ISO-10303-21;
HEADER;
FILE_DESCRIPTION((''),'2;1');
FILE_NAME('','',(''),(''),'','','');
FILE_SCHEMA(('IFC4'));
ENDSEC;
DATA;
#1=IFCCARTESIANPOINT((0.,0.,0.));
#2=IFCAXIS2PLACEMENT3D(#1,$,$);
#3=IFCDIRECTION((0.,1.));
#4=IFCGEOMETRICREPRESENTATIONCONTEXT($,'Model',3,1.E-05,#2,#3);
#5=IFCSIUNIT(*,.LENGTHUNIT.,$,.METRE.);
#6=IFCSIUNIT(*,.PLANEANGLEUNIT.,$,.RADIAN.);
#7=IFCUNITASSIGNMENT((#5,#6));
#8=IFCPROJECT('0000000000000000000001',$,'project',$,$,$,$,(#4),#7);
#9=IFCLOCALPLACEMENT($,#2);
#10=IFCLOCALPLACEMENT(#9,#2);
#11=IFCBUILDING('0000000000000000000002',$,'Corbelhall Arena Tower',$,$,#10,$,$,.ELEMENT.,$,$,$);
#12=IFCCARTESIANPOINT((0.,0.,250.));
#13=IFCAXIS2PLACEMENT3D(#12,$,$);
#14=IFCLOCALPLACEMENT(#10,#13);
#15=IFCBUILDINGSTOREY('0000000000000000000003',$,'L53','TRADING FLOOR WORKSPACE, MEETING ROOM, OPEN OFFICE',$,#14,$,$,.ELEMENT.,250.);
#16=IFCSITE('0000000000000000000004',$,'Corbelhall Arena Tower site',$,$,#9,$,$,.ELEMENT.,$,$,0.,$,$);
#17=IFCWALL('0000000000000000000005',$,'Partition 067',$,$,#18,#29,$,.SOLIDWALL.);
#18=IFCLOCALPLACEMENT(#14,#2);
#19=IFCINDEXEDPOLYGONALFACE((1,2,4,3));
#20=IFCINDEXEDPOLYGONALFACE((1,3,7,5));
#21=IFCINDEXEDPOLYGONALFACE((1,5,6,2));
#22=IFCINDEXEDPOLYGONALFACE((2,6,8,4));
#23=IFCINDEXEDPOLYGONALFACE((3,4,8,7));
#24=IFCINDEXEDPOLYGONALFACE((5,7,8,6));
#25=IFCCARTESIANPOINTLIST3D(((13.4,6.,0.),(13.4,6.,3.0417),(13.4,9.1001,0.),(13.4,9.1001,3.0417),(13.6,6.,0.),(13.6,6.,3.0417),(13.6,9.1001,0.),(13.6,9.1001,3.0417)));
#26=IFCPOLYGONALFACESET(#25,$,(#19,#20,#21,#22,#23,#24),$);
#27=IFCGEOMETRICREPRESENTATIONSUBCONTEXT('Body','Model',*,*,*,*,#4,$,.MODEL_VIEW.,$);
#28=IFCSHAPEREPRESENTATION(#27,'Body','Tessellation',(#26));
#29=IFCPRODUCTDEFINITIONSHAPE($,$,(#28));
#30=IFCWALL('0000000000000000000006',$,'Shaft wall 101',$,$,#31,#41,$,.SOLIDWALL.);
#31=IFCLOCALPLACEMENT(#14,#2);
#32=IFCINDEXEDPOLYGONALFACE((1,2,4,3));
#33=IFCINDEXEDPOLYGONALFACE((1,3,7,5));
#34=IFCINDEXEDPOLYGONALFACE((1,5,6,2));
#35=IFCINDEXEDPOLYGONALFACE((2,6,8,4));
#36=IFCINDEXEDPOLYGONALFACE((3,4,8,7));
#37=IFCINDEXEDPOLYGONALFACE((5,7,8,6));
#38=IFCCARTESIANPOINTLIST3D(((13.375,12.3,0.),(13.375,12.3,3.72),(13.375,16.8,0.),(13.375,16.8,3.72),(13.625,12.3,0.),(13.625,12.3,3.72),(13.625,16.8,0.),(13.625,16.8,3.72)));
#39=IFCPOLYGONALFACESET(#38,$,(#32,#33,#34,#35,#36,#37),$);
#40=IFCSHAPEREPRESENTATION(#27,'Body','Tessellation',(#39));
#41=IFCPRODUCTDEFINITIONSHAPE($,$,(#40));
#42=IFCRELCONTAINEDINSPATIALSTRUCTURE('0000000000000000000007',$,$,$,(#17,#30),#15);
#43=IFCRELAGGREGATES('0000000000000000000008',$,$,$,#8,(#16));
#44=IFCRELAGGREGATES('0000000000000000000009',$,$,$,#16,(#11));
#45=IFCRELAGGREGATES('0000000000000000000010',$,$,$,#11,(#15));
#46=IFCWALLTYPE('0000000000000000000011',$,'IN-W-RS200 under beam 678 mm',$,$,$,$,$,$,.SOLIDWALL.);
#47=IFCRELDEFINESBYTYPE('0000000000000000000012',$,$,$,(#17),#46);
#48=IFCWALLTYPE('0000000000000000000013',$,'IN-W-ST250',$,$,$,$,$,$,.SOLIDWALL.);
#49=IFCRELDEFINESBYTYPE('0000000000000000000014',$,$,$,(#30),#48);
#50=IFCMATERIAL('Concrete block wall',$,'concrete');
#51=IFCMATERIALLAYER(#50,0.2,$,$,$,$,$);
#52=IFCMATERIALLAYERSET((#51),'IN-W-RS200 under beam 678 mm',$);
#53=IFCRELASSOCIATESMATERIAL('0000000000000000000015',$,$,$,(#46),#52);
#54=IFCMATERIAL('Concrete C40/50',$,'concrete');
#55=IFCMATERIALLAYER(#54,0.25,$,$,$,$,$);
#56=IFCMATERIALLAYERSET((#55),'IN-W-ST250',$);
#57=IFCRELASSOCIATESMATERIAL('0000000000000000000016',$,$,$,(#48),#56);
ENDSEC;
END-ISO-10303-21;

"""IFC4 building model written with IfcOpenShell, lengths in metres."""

from ifc_helpers import new_model, si_unit, direction, frame, frame_2d, origin, place, context, subcontext, project, spatial, rectangle, extrude, material, layer, layer_set, type_object, element, save


model = new_model("IFC4")

# Units and contexts
model_context = context("Model", 3, precision=1e-05, world=origin(), true_north=direction((0.0, 1.0)))
body_context = subcontext(model_context, "Body", "Model", "MODEL_VIEW")
ifc_project = project(units=[si_unit("LENGTHUNIT", "METRE"), si_unit("PLANEANGLEUNIT", "RADIAN")], contexts=[model_context])

# Site, building, storey
site_placement = place(None, origin())
site = spatial("IfcSite", under=ifc_project, at=site_placement, Name="Corbelhall Arena Tower site", CompositionType="ELEMENT", RefElevation=0.0)
building_placement = place(site_placement, origin())
building = spatial("IfcBuilding", under=site, at=building_placement, Name="Corbelhall Arena Tower", CompositionType="ELEMENT")
storey_placement = place(building_placement, frame((0.0, 0.0, 250.0)))
storey = spatial("IfcBuildingStorey", under=building, at=storey_placement, Name="L53", Description="TRADING FLOOR WORKSPACE, MEETING ROOM, OPEN OFFICE", CompositionType="ELEMENT", Elevation=250.0)

# Walls
ifc_material_1 = material(Name="Concrete block wall", Category="concrete")
ifc_layer_1 = layer(ifc_material_1, 0.2)
ifc_layer_set_1 = layer_set([ifc_layer_1], Name="IN-W-RS200 under beam 678 mm")
wall_type_1 = type_object("IfcWallType", Name="IN-W-RS200 under beam 678 mm", PredefinedType="SOLIDWALL", material=ifc_layer_set_1)
wall_1_placement = place(storey_placement, frame((13.5, 9.1001, 0.0), z_axis=(0.0, 0.0, 1.0), x_axis=(0.0, -1.0, 0.0)))
element("IfcWall", 1, at=wall_1_placement, inside=storey, type_object=wall_type_1, Name="Partition 067", PredefinedType="SOLIDWALL", context=body_context, shape_type="SweptSolid", body=[
    extrude(rectangle(XDim=3.1001, YDim=0.2, at=frame_2d((1.55, 0.0))), origin(), (0.0, 0.0, 1.0), 3.0417),
])
ifc_material_2 = material(Name="Concrete C40/50", Category="concrete")
ifc_layer_2 = layer(ifc_material_2, 0.25)
ifc_layer_set_2 = layer_set([ifc_layer_2], Name="IN-W-ST250")
wall_type_2 = type_object("IfcWallType", Name="IN-W-ST250", PredefinedType="SOLIDWALL", material=ifc_layer_set_2)
wall_2_placement = place(storey_placement, frame((13.5, 16.8, 0.0), z_axis=(0.0, 0.0, 1.0), x_axis=(0.0, -1.0, 0.0)))
element("IfcWall", 2, at=wall_2_placement, inside=storey, type_object=wall_type_2, Name="Shaft wall 101", PredefinedType="SOLIDWALL", context=body_context, shape_type="SweptSolid", body=[
    extrude(rectangle(XDim=4.5, YDim=0.25, at=frame_2d((2.25, 0.0))), origin(), (0.0, 0.0, 1.0), 3.72),
])

save(model, "model.ifc")
